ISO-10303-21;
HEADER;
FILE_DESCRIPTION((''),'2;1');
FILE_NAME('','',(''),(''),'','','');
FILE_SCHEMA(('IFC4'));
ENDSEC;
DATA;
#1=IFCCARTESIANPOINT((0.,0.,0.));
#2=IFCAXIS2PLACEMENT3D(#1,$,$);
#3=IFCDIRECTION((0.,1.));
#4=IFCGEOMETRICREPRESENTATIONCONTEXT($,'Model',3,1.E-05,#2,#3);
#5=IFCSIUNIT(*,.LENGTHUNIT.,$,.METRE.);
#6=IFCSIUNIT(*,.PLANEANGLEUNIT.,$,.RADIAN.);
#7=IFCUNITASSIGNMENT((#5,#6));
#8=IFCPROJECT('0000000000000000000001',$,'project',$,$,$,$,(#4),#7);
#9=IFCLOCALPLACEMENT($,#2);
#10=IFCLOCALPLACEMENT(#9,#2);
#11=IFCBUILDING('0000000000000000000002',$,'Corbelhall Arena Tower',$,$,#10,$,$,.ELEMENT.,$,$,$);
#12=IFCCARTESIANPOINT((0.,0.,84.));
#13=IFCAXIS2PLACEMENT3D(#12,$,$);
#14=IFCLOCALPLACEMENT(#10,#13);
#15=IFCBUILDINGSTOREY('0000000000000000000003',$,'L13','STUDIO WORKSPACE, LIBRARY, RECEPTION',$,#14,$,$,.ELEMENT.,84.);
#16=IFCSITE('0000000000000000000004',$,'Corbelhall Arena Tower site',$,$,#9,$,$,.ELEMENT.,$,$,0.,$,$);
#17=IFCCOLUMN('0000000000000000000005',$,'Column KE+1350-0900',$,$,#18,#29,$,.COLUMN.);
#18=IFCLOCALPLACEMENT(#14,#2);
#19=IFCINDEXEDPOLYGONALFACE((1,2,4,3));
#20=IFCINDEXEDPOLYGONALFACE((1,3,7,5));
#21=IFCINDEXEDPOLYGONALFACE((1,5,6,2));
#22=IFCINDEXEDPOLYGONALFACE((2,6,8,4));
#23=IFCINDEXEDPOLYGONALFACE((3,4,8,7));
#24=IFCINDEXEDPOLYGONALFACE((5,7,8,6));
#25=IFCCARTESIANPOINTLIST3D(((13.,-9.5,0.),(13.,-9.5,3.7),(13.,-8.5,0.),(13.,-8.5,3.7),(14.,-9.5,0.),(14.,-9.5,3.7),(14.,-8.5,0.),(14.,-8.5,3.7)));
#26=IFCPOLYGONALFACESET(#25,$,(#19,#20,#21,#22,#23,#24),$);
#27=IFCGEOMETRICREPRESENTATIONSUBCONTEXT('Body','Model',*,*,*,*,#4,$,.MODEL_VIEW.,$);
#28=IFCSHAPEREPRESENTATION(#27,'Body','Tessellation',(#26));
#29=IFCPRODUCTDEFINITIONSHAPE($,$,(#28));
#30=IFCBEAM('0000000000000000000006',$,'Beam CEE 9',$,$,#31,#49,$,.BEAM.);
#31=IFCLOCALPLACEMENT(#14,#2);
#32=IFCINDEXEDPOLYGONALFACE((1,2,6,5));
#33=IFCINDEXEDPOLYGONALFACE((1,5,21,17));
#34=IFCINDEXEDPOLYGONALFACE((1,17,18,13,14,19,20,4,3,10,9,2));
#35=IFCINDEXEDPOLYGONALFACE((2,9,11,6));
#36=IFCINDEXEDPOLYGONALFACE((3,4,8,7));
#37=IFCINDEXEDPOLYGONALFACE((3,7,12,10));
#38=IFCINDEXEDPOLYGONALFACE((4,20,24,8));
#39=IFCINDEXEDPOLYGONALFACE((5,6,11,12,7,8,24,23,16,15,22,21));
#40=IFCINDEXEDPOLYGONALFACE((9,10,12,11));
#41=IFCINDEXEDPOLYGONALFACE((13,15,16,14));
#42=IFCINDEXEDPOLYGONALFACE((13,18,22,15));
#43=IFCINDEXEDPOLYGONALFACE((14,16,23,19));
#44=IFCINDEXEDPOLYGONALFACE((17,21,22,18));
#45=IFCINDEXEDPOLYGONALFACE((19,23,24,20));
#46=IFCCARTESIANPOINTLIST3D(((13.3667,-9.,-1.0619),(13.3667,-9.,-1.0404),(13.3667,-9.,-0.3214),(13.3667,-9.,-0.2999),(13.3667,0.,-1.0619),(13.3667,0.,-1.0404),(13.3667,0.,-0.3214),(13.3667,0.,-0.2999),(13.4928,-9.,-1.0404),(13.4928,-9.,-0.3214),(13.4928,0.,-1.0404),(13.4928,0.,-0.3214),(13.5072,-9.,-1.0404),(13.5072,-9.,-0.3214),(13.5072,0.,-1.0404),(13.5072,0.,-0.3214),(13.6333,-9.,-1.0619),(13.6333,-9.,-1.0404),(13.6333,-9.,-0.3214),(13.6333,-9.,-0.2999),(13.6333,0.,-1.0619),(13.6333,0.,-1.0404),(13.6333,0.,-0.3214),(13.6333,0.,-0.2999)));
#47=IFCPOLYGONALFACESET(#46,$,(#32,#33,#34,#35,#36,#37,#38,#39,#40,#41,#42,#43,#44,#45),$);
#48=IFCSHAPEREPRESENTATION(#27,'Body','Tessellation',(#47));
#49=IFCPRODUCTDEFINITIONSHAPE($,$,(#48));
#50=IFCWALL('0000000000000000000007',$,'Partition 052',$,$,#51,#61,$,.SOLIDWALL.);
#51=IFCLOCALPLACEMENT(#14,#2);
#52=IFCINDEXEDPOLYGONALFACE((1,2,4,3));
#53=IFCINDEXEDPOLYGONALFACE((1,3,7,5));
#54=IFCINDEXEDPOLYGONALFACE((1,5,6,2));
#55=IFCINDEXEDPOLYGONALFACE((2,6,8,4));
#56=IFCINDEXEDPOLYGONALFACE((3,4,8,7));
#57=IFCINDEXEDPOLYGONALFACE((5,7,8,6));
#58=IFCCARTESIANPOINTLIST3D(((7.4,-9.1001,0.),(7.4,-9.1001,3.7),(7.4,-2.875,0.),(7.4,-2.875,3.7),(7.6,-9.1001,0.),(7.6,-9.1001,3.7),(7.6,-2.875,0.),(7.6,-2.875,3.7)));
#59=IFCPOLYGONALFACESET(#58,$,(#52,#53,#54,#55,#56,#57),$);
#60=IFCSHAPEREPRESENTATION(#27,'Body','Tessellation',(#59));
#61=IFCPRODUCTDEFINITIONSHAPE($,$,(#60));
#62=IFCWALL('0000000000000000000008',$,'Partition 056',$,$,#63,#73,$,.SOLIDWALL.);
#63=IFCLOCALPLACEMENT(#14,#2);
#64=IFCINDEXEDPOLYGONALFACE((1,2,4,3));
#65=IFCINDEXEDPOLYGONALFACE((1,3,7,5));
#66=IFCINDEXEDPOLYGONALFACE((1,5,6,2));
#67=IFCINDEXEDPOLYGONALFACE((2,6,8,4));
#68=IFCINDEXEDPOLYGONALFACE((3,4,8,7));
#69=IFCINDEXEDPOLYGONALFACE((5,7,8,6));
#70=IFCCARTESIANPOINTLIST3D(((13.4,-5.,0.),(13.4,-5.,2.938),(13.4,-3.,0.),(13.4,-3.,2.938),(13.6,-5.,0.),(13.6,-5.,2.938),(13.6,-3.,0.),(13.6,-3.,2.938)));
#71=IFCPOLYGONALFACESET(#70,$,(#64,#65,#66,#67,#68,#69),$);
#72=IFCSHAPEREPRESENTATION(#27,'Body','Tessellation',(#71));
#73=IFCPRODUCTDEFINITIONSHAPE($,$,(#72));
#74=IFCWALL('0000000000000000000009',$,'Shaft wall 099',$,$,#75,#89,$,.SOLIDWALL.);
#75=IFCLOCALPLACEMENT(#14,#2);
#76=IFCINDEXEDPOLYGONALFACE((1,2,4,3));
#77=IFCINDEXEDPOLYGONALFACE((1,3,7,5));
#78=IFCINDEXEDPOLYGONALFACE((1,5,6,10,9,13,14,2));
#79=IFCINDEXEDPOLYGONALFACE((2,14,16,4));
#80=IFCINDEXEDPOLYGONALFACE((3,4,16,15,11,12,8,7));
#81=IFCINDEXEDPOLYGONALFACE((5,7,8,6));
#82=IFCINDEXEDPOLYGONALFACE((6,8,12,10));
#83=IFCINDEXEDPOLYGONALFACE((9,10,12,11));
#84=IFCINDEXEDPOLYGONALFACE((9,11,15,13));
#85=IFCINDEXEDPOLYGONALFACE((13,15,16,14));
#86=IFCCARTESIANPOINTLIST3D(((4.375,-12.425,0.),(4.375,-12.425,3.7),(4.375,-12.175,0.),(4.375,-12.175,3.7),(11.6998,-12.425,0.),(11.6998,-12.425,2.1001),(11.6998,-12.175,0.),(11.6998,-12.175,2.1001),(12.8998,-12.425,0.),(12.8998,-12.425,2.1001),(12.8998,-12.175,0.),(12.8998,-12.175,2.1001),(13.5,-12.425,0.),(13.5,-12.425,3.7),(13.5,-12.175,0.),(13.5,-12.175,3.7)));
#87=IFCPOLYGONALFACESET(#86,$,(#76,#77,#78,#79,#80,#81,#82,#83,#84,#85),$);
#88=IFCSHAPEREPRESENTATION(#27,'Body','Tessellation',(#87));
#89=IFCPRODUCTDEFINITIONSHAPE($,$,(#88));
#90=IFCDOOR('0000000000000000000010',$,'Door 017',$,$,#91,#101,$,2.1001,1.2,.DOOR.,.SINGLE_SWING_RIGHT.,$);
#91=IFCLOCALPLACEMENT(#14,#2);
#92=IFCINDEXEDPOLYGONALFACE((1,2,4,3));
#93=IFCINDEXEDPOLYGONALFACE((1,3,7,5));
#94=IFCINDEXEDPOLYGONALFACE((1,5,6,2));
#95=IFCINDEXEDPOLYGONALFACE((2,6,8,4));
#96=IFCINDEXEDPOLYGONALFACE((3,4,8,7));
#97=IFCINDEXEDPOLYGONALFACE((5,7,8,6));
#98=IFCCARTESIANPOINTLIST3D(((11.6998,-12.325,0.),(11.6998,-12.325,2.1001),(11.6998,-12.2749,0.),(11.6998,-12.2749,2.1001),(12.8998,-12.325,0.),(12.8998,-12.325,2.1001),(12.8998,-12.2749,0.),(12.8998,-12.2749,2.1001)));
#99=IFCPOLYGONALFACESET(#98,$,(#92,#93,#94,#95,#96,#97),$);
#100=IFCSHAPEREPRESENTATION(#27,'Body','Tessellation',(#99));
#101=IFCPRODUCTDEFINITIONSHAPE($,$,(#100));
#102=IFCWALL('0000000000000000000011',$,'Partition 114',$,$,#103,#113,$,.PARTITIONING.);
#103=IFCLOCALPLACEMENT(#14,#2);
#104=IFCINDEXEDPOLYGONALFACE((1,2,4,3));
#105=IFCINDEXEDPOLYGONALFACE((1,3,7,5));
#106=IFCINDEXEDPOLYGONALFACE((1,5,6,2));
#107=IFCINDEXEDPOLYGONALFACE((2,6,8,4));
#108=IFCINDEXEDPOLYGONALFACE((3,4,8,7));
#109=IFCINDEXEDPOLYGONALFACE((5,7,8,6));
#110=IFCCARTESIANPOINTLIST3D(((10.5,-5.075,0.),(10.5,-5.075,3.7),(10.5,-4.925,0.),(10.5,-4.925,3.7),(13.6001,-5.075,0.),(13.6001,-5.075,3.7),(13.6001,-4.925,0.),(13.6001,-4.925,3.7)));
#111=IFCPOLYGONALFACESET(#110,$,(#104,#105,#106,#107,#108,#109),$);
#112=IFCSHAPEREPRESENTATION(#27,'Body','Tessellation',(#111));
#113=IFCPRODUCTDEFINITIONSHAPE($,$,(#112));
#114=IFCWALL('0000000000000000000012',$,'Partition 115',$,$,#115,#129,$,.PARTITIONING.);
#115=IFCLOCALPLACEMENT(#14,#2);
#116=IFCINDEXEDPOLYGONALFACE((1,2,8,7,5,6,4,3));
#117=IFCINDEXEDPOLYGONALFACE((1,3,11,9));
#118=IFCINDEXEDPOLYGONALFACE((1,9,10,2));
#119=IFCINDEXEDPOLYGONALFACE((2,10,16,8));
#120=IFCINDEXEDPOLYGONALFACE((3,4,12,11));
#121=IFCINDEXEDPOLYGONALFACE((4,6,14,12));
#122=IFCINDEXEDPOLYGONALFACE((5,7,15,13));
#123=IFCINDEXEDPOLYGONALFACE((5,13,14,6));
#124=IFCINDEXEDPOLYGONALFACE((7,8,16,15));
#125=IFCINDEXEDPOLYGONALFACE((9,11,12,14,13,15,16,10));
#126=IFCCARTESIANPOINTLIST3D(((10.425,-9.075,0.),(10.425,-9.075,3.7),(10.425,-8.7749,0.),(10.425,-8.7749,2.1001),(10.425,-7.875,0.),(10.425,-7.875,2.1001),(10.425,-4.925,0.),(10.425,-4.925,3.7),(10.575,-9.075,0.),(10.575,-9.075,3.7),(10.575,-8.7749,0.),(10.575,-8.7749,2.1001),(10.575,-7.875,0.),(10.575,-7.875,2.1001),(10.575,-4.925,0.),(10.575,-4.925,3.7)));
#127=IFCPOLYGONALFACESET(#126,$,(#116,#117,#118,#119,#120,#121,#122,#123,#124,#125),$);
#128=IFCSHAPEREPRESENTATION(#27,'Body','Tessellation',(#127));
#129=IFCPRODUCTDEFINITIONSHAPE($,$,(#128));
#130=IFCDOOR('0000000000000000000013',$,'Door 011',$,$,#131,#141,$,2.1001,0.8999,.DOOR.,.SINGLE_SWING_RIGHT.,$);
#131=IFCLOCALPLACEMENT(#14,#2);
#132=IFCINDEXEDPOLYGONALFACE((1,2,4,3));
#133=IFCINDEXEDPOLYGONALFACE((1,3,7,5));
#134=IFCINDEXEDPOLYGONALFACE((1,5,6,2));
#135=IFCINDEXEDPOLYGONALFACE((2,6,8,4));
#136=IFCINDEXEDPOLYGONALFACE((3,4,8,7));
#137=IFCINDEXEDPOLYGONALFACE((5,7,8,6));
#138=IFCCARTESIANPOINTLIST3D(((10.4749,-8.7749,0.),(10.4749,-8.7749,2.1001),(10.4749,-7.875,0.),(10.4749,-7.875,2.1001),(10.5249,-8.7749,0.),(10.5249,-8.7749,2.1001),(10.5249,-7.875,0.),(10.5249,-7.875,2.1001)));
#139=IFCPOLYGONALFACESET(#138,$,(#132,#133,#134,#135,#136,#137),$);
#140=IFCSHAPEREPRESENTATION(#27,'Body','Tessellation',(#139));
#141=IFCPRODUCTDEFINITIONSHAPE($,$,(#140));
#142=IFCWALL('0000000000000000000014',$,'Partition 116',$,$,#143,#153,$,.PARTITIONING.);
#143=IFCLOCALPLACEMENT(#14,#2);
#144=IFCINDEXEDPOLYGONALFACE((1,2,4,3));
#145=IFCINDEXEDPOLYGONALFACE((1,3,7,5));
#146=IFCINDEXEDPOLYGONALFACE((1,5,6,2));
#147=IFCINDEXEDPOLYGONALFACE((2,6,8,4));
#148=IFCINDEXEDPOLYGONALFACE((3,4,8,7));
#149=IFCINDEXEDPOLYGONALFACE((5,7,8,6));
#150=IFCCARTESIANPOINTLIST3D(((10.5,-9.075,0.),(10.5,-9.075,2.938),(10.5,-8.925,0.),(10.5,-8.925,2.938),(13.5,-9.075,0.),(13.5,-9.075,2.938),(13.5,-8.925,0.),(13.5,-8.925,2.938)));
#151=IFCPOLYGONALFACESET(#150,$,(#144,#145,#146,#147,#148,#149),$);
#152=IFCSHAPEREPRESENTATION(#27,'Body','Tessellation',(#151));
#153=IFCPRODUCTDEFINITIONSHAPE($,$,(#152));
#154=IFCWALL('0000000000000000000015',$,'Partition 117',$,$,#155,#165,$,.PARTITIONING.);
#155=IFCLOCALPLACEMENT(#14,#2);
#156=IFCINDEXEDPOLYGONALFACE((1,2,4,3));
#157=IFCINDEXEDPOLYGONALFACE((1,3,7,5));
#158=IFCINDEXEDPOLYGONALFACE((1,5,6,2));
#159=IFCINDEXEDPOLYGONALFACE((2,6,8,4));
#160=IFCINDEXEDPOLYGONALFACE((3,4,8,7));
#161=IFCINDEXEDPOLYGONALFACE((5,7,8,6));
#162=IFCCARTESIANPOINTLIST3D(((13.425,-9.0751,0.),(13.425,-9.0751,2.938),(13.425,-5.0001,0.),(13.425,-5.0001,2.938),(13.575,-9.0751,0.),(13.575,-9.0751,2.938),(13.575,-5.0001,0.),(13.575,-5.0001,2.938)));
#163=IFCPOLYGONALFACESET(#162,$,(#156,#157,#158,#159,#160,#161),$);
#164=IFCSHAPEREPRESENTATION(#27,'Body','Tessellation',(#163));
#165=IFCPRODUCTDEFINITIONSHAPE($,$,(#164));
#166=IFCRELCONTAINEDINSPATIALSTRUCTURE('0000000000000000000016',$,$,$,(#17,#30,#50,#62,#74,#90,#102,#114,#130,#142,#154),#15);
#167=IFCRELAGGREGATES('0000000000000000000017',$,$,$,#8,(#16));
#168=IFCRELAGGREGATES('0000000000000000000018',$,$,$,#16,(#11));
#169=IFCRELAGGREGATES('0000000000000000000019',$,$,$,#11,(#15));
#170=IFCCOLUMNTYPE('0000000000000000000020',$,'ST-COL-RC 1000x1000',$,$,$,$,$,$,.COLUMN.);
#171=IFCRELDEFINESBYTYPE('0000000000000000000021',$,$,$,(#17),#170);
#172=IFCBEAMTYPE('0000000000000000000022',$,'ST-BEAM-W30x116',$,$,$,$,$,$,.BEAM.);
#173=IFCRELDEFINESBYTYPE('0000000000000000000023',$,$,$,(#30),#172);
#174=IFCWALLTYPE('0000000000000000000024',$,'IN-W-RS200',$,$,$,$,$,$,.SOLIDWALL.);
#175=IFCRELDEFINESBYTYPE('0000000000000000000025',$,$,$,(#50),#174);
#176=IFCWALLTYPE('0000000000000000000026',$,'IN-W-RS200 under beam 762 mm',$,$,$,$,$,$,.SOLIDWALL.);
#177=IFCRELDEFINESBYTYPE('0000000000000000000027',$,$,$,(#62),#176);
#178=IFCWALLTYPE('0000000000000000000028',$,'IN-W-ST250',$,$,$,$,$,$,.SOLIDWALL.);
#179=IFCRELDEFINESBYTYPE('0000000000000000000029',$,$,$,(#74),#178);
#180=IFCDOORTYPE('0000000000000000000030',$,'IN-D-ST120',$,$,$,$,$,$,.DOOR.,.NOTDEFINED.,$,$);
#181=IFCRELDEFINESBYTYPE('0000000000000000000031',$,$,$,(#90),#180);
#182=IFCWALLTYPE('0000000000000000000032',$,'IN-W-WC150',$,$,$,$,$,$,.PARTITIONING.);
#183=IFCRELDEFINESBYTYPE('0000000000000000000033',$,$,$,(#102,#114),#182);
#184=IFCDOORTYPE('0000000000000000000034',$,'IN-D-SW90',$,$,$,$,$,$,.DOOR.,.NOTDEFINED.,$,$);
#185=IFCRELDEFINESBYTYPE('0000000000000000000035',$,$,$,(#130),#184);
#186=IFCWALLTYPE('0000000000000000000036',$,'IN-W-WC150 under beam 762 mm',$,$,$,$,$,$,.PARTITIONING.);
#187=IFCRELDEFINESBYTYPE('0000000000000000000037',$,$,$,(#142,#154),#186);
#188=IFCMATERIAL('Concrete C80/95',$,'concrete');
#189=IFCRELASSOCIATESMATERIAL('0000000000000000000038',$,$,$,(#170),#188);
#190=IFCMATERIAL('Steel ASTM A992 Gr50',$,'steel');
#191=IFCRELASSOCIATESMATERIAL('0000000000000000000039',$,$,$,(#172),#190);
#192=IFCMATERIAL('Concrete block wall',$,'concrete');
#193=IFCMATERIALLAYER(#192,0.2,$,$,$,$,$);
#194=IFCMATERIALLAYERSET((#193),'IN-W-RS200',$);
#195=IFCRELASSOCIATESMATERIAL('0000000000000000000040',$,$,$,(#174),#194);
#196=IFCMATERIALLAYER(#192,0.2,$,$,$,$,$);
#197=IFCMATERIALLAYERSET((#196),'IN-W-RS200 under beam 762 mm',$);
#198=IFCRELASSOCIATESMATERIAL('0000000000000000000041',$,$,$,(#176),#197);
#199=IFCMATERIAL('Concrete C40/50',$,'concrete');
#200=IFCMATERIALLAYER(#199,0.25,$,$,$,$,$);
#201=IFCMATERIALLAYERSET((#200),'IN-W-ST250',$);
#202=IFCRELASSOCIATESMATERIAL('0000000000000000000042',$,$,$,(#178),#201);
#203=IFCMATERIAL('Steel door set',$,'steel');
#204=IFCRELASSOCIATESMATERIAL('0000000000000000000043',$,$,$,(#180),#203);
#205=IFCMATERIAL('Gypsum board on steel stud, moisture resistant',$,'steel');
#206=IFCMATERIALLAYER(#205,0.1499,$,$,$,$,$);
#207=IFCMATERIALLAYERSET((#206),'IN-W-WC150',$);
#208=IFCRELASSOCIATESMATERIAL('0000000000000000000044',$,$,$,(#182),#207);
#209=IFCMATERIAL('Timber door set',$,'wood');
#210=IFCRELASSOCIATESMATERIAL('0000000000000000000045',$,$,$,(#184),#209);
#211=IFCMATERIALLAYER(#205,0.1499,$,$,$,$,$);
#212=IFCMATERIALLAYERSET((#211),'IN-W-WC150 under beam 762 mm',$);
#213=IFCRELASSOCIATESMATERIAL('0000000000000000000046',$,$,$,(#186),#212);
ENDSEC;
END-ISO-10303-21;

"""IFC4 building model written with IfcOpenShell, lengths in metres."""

from ifc_helpers import new_model, si_unit, direction, frame, frame_2d, origin, origin_2d, place, context, subcontext, project, spatial, rectangle, i_section, extrude, material, layer, layer_set, material_profile, profile_set, type_object, element, fill, save


model = new_model("IFC4")

# Units and contexts
model_context = context("Model", 3, precision=1e-05, world=origin(), true_north=direction((0.0, 1.0)))
body_context = subcontext(model_context, "Body", "Model", "MODEL_VIEW")
ifc_project = project(units=[si_unit("LENGTHUNIT", "METRE"), si_unit("PLANEANGLEUNIT", "RADIAN")], contexts=[model_context])

# Site, building, storey
site_placement = place(None, origin())
site = spatial("IfcSite", under=ifc_project, at=site_placement, Name="Corbelhall Arena Tower site", CompositionType="ELEMENT", RefElevation=0.0)
building_placement = place(site_placement, origin())
building = spatial("IfcBuilding", under=site, at=building_placement, Name="Corbelhall Arena Tower", CompositionType="ELEMENT")
storey_placement = place(building_placement, frame((0.0, 0.0, 84.0)))
storey = spatial("IfcBuildingStorey", under=building, at=storey_placement, Name="L13", Description="STUDIO WORKSPACE, LIBRARY, RECEPTION", CompositionType="ELEMENT", Elevation=84.0)

# Column
ifc_material_1 = material(Name="Concrete C80/95", Category="concrete")
ifc_material_profile_1 = material_profile(ifc_material_1, rectangle(XDim=1.0, YDim=1.0, at=origin_2d()))
ifc_profile_set_1 = profile_set([ifc_material_profile_1], Name="Concrete C80/95")
column_type = type_object("IfcColumnType", Name="ST-COL-RC 1000x1000", PredefinedType="COLUMN", material=ifc_profile_set_1)
column_placement = place(storey_placement, frame((13.5, -9.0, 0.0), z_axis=(0.0, 0.0, 1.0), x_axis=(1.0, 0.0, 0.0)))
element("IfcColumn", 1, at=column_placement, inside=storey, type_object=column_type, Name="Column KE+1350-0900", PredefinedType="COLUMN", context=body_context, shape_type="SweptSolid", body=[
    extrude(rectangle(XDim=1.0, YDim=1.0, at=origin_2d()), origin(), (0.0, 0.0, 1.0), 3.7),
])

# Beam
ifc_material_2 = material(Name="Steel ASTM A992 Gr50", Category="steel")
ifc_material_profile_2 = material_profile(ifc_material_2, i_section(OverallWidth=0.2666, OverallDepth=0.762, WebThickness=0.0144, FlangeThickness=0.0215, at=origin_2d()))
ifc_profile_set_2 = profile_set([ifc_material_profile_2], Name="Steel ASTM A992 Gr50")
beam_type = type_object("IfcBeamType", Name="ST-BEAM-W30x116", PredefinedType="BEAM", material=ifc_profile_set_2)
beam_placement = place(storey_placement, frame((13.5, -9.0, -0.6809), z_axis=(0.0, 1.0, 0.0), x_axis=(-1.0, 0.0, 0.0)))
element("IfcBeam", 2, at=beam_placement, inside=storey, type_object=beam_type, Name="Beam CEE 9", PredefinedType="BEAM", context=body_context, shape_type="SweptSolid", body=[
    extrude(i_section(OverallWidth=0.2666, OverallDepth=0.762, WebThickness=0.0144, FlangeThickness=0.0215, at=origin_2d()), origin(), (0.0, 0.0, 1.0), 9.0),
])

# Shared definitions
ifc_material_3 = material(Name="Steel door set", Category="steel")

# Wall
ifc_material_4 = material(Name="Concrete block wall", Category="concrete")
ifc_layer_1 = layer(ifc_material_4, 0.2)
ifc_layer_set_1 = layer_set([ifc_layer_1], Name="IN-W-RS200")
wall_type_1 = type_object("IfcWallType", Name="IN-W-RS200", PredefinedType="SOLIDWALL", material=ifc_layer_set_1)
wall_1_placement = place(storey_placement, frame((7.5, -2.875, 0.0), z_axis=(0.0, 0.0, 1.0), x_axis=(0.0, -1.0, 0.0)))
element("IfcWall", 3, at=wall_1_placement, inside=storey, type_object=wall_type_1, Name="Partition 052", PredefinedType="SOLIDWALL", context=body_context, shape_type="SweptSolid", body=[
    extrude(rectangle(XDim=6.2251, YDim=0.2, at=frame_2d((3.1125, 0.0))), origin(), (0.0, 0.0, 1.0), 3.7),
])

# Wall
ifc_layer_2 = layer(ifc_material_4, 0.2)
ifc_layer_set_2 = layer_set([ifc_layer_2], Name="IN-W-RS200 under beam 762 mm")
wall_type_2 = type_object("IfcWallType", Name="IN-W-RS200 under beam 762 mm", PredefinedType="SOLIDWALL", material=ifc_layer_set_2)
wall_2_placement = place(storey_placement, frame((13.5, -3.0, 0.0), z_axis=(0.0, 0.0, 1.0), x_axis=(0.0, -1.0, 0.0)))
element("IfcWall", 4, at=wall_2_placement, inside=storey, type_object=wall_type_2, Name="Partition 056", PredefinedType="SOLIDWALL", context=body_context, shape_type="SweptSolid", body=[
    extrude(rectangle(XDim=2.0, YDim=0.2, at=frame_2d((1.0, 0.0))), origin(), (0.0, 0.0, 1.0), 2.938),
])

# Wall, opening, door
ifc_material_5 = material(Name="Concrete C40/50", Category="concrete")
ifc_layer_3 = layer(ifc_material_5, 0.25)
ifc_layer_set_3 = layer_set([ifc_layer_3], Name="IN-W-ST250")
wall_type_3 = type_object("IfcWallType", Name="IN-W-ST250", PredefinedType="SOLIDWALL", material=ifc_layer_set_3)
wall_3_placement = place(storey_placement, frame((13.5, -12.3, 0.0), z_axis=(0.0, 0.0, 1.0), x_axis=(-1.0, 0.0, 0.0)))
wall_3 = element("IfcWall", 5, at=wall_3_placement, inside=storey, type_object=wall_type_3, Name="Shaft wall 099", PredefinedType="SOLIDWALL", context=body_context, shape_type="SweptSolid", body=[
    extrude(rectangle(XDim=9.125, YDim=0.25, at=frame_2d((4.5625, 0.0))), origin(), (0.0, 0.0, 1.0), 3.7),
])
opening_1_placement = place(wall_3_placement, frame((0.6001, 0.0, 0.0)))
opening_1 = element("IfcOpeningElement", 6, at=opening_1_placement, cuts=wall_3, PredefinedType="OPENING", context=body_context, shape_type="SweptSolid", body=[
    extrude(rectangle(XDim=1.2, YDim=2.1001, at=frame_2d((0.6001, 1.05))), frame((0.0, 0.125, 0.0), z_axis=(0.0, -1.0, 0.0), x_axis=(1.0, 0.0, 0.0)), (0.0, 0.0, 1.0), 0.25),
])
door_type_1 = type_object("IfcDoorType", Name="IN-D-ST120", OperationType="NOTDEFINED", PredefinedType="DOOR", material=ifc_material_3)
door_1_placement = place(opening_1_placement, origin())
door_1 = element("IfcDoor", 7, at=door_1_placement, inside=storey, type_object=door_type_1, Name="Door 017", OperationType="SINGLE_SWING_RIGHT", OverallHeight=2.1001, OverallWidth=1.2, PredefinedType="DOOR", context=body_context, shape_type="SweptSolid", body=[
    extrude(rectangle(XDim=1.2, YDim=2.1001, at=frame_2d((0.6001, 1.05))), frame((0.0, 0.0249, 0.0), z_axis=(0.0, -1.0, 0.0), x_axis=(1.0, 0.0, 0.0)), (0.0, 0.0, 1.0), 0.05),
])
fill(opening_1, door_1)

# Wall
ifc_material_6 = material(Name="Gypsum board on steel stud, moisture resistant", Category="steel")
ifc_layer_4 = layer(ifc_material_6, 0.1499)
ifc_layer_set_4 = layer_set([ifc_layer_4], Name="IN-W-WC150")
wall_type_4 = type_object("IfcWallType", Name="IN-W-WC150", PredefinedType="PARTITIONING", material=ifc_layer_set_4)
wall_4_placement = place(storey_placement, frame((10.5, -5.0, 0.0), z_axis=(0.0, 0.0, 1.0), x_axis=(1.0, 0.0, 0.0)))
element("IfcWall", 8, at=wall_4_placement, inside=storey, type_object=wall_type_4, Name="Partition 114", PredefinedType="PARTITIONING", context=body_context, shape_type="SweptSolid", body=[
    extrude(rectangle(XDim=3.1001, YDim=0.1499, at=frame_2d((1.55, 0.0))), origin(), (0.0, 0.0, 1.0), 3.7),
])

# Wall, opening, door
wall_5_placement = place(storey_placement, frame((10.5, -4.925, 0.0), z_axis=(0.0, 0.0, 1.0), x_axis=(0.0, -1.0, 0.0)))
wall_5 = element("IfcWall", 9, at=wall_5_placement, inside=storey, type_object=wall_type_4, Name="Partition 115", PredefinedType="PARTITIONING", context=body_context, shape_type="SweptSolid", body=[
    extrude(rectangle(XDim=4.1499, YDim=0.1499, at=frame_2d((2.075, 0.0))), origin(), (0.0, 0.0, 1.0), 3.7),
])
opening_2_placement = place(wall_5_placement, frame((2.95, 0.0, 0.0)))
opening_2 = element("IfcOpeningElement", 10, at=opening_2_placement, cuts=wall_5, PredefinedType="OPENING", context=body_context, shape_type="SweptSolid", body=[
    extrude(rectangle(XDim=0.8999, YDim=2.1001, at=frame_2d((0.45, 1.05))), frame((0.0, 0.075, 0.0), z_axis=(0.0, -1.0, 0.0), x_axis=(1.0, 0.0, 0.0)), (0.0, 0.0, 1.0), 0.1499),
])
ifc_material_7 = material(Name="Timber door set", Category="wood")
door_type_2 = type_object("IfcDoorType", Name="IN-D-SW90", OperationType="NOTDEFINED", PredefinedType="DOOR", material=ifc_material_7)
door_2_placement = place(opening_2_placement, origin())
door_2 = element("IfcDoor", 11, at=door_2_placement, inside=storey, type_object=door_type_2, Name="Door 011", OperationType="SINGLE_SWING_RIGHT", OverallHeight=2.1001, OverallWidth=0.8999, PredefinedType="DOOR", context=body_context, shape_type="SweptSolid", body=[
    extrude(rectangle(XDim=0.8999, YDim=2.1001, at=frame_2d((0.45, 1.05))), frame((0.0, 0.0249, 0.0), z_axis=(0.0, -1.0, 0.0), x_axis=(1.0, 0.0, 0.0)), (0.0, 0.0, 1.0), 0.05),
])
fill(opening_2, door_2)

# Walls
ifc_layer_5 = layer(ifc_material_6, 0.1499)
ifc_layer_set_5 = layer_set([ifc_layer_5], Name="IN-W-WC150 under beam 762 mm")
wall_type_5 = type_object("IfcWallType", Name="IN-W-WC150 under beam 762 mm", PredefinedType="PARTITIONING", material=ifc_layer_set_5)
wall_6_placement = place(storey_placement, frame((13.5, -9.0, 0.0), z_axis=(0.0, 0.0, 1.0), x_axis=(-1.0, 0.0, 0.0)))
element("IfcWall", 12, at=wall_6_placement, inside=storey, type_object=wall_type_5, Name="Partition 116", PredefinedType="PARTITIONING", context=body_context, shape_type="SweptSolid", body=[
    extrude(rectangle(XDim=3.0, YDim=0.1499, at=frame_2d((1.5, 0.0))), origin(), (0.0, 0.0, 1.0), 2.938),
])
wall_7_placement = place(storey_placement, frame((13.5, -5.0, 0.0), z_axis=(0.0, 0.0, 1.0), x_axis=(0.0, -1.0, 0.0)))
element("IfcWall", 13, at=wall_7_placement, inside=storey, type_object=wall_type_5, Name="Partition 117", PredefinedType="PARTITIONING", context=body_context, shape_type="SweptSolid", body=[
    extrude(rectangle(XDim=4.075, YDim=0.1499, at=frame_2d((2.0376, 0.0))), origin(), (0.0, 0.0, 1.0), 2.938),
])

save(model, "model.ifc")
